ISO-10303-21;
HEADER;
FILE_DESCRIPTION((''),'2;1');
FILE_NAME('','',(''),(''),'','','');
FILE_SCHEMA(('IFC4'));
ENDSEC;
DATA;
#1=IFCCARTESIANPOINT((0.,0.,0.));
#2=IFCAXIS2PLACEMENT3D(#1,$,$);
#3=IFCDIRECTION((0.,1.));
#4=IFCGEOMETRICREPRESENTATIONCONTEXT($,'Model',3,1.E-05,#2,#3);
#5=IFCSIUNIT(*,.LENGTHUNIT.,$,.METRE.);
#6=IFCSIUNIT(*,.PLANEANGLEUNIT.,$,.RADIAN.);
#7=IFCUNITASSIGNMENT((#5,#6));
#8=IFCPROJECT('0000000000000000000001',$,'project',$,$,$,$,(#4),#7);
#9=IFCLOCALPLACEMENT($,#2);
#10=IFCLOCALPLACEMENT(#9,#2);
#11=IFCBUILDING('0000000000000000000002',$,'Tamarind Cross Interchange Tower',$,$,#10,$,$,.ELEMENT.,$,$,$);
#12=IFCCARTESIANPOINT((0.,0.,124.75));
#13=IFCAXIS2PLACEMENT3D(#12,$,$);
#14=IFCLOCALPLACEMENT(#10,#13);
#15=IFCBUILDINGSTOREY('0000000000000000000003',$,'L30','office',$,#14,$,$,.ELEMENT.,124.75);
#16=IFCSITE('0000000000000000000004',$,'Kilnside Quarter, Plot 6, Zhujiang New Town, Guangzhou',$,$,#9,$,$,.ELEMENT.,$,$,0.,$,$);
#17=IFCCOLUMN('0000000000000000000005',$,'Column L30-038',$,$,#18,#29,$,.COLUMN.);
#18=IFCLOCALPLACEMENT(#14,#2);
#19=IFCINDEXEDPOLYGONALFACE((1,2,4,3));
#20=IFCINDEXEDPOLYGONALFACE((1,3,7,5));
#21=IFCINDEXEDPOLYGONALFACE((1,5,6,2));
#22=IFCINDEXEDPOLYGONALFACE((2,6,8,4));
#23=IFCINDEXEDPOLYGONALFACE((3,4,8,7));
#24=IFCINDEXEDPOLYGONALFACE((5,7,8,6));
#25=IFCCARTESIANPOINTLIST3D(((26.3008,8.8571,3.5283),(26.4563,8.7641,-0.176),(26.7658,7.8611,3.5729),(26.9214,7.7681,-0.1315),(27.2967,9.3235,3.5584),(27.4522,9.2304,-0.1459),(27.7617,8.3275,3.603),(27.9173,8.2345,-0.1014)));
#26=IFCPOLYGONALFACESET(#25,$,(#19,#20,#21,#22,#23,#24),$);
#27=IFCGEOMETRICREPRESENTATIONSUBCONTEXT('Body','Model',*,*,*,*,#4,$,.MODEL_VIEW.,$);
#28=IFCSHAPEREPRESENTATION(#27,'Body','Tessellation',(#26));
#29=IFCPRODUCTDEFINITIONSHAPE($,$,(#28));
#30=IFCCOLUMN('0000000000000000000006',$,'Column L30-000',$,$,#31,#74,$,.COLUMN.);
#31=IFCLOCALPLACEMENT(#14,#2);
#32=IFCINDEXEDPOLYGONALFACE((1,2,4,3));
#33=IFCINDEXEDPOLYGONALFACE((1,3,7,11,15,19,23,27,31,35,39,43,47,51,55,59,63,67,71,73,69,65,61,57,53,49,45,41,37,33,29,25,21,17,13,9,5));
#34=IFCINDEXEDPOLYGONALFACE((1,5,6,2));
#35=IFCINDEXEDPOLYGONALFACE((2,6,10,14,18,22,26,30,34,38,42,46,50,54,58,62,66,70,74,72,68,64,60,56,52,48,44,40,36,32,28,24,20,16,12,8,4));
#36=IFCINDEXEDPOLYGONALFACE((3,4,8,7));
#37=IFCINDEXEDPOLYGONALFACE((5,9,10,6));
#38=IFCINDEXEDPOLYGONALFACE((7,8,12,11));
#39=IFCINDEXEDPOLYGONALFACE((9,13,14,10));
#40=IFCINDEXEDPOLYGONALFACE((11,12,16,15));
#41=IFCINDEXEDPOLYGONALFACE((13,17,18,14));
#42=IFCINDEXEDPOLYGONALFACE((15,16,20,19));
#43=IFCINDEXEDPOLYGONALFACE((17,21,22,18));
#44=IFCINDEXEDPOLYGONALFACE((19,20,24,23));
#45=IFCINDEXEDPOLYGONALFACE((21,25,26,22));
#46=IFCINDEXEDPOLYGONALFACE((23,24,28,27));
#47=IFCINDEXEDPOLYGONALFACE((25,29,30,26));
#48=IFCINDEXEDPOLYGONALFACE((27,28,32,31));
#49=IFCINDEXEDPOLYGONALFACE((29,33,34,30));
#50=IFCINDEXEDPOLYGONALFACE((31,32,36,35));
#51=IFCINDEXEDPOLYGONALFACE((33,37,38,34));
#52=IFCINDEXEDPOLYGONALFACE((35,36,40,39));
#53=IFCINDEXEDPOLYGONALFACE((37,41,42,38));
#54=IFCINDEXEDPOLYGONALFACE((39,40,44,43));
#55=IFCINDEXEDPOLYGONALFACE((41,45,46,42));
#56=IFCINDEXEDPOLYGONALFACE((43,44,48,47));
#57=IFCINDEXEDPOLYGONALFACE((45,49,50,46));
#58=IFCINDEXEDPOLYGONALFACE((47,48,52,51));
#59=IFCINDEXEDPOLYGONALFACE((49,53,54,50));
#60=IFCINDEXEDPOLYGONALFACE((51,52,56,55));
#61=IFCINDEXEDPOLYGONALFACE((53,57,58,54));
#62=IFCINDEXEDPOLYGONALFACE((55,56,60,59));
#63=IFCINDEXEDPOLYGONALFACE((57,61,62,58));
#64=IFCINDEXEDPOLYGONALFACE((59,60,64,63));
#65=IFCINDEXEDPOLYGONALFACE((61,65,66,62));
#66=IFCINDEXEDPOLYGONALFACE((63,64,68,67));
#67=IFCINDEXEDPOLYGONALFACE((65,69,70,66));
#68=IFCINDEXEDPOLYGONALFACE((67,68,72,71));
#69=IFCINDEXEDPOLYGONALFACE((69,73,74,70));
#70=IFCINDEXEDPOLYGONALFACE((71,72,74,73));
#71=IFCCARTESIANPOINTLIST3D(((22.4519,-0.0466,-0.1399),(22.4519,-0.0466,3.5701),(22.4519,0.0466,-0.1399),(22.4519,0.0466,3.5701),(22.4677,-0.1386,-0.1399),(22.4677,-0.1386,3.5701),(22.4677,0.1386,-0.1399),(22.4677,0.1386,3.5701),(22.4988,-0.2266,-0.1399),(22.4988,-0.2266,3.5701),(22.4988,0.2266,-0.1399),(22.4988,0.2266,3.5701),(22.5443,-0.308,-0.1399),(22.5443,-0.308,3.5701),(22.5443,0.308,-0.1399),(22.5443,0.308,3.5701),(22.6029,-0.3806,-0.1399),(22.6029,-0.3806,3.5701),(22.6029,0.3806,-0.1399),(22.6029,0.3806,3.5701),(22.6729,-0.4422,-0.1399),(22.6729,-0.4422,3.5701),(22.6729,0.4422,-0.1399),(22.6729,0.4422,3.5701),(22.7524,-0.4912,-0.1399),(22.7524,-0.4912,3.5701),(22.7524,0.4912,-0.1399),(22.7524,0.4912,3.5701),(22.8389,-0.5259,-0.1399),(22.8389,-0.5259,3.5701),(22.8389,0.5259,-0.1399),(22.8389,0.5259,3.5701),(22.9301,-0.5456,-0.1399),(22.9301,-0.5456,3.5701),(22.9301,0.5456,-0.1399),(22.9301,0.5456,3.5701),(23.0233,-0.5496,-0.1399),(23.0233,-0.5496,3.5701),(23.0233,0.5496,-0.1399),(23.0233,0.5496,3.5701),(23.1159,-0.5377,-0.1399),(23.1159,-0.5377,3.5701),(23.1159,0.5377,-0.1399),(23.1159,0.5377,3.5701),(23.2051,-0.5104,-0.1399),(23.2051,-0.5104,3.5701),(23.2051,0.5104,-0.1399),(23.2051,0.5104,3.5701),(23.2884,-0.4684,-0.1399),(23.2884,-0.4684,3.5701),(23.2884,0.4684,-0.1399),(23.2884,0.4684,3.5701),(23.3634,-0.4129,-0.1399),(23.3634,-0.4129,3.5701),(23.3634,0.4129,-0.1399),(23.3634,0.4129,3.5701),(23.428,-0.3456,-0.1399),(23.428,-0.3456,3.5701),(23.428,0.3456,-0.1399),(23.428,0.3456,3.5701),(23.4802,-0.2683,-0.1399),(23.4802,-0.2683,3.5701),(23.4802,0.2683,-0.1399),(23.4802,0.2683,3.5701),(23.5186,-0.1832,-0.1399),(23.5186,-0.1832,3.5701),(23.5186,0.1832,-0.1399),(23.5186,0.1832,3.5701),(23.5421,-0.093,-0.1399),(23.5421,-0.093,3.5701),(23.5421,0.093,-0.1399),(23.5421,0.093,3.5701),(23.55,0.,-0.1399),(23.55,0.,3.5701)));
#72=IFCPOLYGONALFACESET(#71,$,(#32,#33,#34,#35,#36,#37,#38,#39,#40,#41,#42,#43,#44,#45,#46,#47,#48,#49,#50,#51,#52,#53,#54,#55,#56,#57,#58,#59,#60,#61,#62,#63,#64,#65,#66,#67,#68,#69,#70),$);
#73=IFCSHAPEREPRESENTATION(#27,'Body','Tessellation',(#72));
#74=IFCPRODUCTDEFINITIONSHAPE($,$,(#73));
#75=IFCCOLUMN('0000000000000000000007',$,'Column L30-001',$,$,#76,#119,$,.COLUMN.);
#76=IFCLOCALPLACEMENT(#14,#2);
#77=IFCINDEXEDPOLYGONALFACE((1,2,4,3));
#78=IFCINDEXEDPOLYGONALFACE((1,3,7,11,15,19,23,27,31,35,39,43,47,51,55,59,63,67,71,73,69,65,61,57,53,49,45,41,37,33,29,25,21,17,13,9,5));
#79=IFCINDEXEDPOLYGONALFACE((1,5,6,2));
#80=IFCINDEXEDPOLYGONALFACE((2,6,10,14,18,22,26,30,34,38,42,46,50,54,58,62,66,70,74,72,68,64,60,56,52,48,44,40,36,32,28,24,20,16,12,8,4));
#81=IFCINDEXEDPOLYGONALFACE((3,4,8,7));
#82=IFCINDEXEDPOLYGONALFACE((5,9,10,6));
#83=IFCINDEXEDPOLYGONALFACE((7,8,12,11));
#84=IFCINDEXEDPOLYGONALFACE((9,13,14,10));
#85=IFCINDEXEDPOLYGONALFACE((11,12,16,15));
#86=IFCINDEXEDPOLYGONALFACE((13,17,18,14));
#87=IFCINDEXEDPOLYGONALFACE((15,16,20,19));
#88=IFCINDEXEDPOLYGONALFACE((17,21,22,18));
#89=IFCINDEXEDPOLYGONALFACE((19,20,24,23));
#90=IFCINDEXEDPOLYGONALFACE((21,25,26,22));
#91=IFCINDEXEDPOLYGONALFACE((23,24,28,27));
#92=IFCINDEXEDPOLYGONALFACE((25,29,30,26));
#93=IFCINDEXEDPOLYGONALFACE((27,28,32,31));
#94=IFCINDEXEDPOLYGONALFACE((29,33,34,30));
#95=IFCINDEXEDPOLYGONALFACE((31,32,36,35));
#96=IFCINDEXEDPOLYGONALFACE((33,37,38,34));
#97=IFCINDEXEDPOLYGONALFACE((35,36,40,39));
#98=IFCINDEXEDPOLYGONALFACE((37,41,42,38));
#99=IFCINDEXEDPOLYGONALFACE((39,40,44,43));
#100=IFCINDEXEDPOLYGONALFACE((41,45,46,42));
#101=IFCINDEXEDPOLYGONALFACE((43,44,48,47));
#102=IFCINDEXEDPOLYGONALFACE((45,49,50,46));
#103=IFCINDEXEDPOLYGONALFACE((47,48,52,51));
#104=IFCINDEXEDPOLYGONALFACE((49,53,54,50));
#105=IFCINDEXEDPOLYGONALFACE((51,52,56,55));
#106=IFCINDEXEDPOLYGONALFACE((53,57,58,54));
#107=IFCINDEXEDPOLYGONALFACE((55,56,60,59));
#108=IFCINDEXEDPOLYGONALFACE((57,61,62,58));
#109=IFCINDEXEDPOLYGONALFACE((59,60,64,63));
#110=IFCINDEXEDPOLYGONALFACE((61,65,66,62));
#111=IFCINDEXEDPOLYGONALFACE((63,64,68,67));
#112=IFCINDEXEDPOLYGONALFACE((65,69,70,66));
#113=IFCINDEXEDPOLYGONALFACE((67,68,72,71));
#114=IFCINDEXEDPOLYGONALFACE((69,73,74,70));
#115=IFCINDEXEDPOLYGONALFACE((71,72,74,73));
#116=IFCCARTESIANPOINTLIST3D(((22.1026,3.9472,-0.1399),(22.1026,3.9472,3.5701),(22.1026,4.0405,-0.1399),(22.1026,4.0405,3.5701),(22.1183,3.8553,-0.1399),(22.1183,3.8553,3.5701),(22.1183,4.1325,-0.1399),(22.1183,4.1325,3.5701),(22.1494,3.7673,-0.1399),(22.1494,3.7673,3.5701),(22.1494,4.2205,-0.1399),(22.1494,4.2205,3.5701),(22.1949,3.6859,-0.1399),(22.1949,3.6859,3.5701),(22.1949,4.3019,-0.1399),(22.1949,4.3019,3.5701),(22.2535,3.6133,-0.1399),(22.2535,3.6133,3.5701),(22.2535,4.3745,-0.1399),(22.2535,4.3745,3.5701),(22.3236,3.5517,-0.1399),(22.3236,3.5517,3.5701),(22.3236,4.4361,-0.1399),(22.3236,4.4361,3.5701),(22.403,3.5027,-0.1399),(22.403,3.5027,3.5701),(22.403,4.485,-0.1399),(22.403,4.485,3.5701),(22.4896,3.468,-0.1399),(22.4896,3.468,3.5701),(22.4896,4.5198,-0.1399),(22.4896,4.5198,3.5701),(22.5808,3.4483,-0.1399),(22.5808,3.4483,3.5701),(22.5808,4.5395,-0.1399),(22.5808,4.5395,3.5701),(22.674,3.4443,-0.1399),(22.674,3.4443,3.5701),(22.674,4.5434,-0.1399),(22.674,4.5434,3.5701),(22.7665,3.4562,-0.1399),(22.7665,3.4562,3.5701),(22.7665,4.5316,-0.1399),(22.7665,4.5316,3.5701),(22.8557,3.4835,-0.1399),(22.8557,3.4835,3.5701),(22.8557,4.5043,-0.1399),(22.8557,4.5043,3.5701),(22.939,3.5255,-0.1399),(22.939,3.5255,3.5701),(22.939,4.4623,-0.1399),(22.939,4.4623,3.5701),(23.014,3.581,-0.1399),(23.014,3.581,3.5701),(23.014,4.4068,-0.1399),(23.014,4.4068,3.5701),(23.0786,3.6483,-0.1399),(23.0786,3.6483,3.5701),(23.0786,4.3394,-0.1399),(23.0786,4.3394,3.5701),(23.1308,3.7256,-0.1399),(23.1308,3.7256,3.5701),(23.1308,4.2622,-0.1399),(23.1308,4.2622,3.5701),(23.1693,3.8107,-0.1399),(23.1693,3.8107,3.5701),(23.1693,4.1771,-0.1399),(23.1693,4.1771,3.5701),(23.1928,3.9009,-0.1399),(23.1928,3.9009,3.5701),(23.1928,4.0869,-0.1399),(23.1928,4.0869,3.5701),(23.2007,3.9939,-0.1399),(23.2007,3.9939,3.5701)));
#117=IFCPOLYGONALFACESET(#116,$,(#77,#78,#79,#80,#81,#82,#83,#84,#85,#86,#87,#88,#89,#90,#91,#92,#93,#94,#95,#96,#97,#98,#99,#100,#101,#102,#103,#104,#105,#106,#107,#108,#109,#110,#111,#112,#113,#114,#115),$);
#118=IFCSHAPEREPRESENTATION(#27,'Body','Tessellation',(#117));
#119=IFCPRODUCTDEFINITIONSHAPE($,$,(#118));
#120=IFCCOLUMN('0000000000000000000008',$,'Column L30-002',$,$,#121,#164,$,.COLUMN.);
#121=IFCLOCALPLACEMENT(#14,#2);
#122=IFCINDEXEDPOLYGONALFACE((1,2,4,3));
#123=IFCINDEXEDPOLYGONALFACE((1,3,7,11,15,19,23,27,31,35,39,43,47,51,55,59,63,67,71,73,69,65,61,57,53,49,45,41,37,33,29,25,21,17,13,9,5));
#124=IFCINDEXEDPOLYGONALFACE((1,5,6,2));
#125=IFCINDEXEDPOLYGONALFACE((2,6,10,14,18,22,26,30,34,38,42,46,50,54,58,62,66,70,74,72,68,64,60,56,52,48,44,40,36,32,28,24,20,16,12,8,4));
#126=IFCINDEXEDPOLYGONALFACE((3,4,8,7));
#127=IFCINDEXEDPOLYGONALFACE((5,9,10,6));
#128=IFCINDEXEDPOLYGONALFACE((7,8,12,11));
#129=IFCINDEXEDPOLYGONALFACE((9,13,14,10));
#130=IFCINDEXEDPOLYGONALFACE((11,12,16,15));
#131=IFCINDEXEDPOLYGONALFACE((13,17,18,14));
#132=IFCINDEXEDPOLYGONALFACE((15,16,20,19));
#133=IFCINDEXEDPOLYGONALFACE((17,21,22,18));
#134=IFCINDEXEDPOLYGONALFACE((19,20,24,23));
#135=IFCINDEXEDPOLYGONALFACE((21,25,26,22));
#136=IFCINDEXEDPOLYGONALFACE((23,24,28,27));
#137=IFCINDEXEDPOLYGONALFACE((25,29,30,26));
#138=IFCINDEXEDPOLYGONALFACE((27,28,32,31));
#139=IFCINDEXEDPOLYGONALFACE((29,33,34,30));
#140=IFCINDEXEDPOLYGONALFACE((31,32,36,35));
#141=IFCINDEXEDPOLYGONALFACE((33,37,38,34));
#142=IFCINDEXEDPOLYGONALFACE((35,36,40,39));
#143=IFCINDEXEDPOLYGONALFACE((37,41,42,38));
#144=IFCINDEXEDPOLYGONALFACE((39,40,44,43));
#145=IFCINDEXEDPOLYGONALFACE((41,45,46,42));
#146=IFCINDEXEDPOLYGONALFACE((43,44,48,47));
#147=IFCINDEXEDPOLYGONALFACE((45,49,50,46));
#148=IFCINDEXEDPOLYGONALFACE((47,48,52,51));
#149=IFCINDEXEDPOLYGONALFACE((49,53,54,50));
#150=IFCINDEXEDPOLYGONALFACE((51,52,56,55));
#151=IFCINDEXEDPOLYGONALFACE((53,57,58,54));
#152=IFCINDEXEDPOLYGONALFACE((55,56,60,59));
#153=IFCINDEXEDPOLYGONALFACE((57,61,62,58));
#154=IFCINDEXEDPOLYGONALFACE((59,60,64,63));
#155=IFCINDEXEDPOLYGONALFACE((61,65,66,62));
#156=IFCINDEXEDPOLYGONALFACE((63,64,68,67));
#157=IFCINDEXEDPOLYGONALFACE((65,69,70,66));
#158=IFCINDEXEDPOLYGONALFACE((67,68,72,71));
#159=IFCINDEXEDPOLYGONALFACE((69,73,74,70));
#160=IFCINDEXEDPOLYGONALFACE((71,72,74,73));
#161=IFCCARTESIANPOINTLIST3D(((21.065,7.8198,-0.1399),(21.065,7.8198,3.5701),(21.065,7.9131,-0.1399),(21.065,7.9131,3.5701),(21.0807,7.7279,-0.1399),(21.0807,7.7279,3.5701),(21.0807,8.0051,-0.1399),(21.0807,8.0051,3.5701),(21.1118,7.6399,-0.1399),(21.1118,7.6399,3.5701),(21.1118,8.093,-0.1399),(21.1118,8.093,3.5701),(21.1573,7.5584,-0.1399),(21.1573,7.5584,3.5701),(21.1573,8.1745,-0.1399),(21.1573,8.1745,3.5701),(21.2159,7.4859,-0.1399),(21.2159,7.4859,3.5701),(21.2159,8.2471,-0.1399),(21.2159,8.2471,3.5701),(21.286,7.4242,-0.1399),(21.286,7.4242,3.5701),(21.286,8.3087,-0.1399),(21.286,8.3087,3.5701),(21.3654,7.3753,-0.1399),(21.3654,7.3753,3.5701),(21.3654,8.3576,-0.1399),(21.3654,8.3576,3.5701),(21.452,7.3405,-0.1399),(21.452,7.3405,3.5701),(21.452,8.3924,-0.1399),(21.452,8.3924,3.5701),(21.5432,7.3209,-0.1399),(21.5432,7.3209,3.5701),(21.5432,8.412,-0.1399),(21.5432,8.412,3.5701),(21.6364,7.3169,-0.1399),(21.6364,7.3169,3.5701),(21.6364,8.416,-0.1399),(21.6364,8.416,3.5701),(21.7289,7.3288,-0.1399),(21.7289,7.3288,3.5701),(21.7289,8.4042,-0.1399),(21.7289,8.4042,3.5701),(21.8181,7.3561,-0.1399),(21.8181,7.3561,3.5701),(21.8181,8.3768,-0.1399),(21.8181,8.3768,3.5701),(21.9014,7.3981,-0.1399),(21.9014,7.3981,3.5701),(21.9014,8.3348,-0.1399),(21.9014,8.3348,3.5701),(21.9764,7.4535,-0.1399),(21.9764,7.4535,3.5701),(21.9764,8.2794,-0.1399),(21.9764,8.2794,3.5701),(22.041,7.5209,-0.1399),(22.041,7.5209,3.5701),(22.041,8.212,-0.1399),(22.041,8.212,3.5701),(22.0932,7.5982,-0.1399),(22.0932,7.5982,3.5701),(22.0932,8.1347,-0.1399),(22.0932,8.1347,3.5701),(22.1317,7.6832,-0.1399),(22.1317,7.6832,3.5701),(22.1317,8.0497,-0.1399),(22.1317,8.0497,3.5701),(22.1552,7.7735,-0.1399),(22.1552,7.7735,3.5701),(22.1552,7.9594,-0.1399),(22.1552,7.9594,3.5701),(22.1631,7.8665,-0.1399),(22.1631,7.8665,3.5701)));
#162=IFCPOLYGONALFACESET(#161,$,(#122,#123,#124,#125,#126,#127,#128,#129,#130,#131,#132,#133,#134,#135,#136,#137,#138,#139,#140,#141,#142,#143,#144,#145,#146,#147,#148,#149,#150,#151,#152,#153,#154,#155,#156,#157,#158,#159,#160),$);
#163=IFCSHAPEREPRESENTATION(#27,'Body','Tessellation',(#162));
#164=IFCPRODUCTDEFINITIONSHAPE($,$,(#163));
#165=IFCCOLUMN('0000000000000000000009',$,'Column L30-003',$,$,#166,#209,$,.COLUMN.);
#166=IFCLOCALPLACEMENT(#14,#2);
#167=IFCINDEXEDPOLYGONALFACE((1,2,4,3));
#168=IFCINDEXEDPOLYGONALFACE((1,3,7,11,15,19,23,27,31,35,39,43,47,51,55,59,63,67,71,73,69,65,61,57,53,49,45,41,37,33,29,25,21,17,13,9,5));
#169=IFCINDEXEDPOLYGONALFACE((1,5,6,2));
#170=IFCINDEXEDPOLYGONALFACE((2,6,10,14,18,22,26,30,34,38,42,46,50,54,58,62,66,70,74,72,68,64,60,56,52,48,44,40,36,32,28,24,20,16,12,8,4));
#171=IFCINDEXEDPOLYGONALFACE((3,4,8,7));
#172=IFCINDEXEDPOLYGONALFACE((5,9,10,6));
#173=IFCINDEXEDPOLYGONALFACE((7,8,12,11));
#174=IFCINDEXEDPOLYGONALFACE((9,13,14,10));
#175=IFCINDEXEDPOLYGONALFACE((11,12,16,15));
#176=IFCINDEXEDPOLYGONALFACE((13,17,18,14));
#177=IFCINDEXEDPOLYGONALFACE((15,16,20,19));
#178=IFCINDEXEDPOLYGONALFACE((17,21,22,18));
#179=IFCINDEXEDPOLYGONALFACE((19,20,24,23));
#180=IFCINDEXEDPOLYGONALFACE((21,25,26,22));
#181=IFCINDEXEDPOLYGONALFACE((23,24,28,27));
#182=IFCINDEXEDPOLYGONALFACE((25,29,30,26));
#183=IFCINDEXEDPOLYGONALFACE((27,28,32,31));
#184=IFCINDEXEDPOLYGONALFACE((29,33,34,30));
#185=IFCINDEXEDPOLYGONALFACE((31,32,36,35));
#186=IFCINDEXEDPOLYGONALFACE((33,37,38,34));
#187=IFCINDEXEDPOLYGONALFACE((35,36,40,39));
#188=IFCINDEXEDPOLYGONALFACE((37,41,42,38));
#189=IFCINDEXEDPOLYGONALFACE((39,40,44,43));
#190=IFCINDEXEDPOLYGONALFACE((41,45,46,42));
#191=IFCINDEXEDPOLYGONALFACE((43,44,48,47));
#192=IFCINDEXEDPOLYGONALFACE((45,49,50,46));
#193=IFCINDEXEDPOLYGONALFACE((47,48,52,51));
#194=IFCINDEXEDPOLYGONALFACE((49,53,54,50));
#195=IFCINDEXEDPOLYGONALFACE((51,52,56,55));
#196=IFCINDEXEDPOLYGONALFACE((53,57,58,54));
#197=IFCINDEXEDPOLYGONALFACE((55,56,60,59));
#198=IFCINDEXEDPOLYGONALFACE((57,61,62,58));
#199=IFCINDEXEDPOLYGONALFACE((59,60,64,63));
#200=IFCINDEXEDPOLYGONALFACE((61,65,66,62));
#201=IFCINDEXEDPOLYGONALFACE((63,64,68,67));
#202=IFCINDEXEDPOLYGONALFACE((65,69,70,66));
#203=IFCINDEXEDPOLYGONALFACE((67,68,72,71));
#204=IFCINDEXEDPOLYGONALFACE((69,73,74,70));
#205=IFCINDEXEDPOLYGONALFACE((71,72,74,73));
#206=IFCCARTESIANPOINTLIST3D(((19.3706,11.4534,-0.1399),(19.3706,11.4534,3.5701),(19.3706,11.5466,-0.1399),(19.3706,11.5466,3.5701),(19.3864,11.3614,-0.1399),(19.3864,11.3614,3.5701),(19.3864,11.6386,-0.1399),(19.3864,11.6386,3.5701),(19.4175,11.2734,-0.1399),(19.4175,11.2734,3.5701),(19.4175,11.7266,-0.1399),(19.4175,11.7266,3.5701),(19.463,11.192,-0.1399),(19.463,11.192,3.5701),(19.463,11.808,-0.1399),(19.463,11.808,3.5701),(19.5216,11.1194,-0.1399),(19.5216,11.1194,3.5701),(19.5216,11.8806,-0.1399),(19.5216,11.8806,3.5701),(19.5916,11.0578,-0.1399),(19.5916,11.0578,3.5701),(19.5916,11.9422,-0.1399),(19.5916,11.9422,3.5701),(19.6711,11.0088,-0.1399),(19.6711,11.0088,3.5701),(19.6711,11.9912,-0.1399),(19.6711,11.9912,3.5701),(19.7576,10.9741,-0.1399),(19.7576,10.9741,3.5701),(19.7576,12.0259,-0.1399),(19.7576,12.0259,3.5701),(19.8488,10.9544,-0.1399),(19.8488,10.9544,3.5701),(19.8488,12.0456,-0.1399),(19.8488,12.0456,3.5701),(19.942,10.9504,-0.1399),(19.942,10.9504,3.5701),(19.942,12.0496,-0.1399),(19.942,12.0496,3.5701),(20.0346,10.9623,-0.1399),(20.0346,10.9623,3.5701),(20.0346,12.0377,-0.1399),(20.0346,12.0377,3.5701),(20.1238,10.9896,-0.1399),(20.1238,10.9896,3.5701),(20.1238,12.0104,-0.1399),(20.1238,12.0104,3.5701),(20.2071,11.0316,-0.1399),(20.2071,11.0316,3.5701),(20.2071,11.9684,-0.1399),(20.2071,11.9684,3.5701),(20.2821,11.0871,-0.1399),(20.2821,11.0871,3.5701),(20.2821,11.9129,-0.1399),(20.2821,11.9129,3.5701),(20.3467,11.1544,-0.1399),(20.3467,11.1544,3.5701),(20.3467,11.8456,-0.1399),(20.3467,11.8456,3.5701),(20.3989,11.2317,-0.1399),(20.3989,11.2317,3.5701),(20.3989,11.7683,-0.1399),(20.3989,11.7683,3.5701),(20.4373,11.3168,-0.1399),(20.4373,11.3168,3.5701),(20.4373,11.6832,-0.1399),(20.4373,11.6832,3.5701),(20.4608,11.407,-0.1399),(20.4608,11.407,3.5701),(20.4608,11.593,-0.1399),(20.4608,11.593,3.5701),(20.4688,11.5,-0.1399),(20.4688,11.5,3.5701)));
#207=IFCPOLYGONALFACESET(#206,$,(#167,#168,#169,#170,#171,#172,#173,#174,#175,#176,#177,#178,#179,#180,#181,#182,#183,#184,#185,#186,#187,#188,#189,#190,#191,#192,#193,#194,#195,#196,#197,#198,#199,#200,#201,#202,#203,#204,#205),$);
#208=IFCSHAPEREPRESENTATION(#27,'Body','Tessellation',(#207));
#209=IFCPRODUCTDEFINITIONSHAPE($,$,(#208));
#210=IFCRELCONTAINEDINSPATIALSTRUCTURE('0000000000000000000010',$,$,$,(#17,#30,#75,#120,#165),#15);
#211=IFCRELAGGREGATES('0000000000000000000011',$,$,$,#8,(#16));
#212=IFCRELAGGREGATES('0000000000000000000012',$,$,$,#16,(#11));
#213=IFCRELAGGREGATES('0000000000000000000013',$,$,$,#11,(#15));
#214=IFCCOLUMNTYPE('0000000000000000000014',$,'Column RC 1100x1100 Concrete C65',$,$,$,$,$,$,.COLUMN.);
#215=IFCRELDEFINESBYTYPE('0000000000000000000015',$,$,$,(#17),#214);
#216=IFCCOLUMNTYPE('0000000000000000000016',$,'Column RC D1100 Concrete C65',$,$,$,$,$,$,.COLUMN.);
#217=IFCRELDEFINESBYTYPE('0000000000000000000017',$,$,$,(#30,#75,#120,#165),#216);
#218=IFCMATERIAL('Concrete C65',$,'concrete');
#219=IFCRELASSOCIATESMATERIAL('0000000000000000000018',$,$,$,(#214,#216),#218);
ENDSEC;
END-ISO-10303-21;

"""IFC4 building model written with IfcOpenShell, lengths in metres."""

from ifc_helpers import new_model, si_unit, direction, frame, origin, origin_2d, place, context, subcontext, project, spatial, rectangle, circle, extrude, material, material_profile, profile_set, type_object, element, save


model = new_model("IFC4")

# Units and contexts
model_context = context("Model", 3, precision=1e-05, world=origin(), true_north=direction((0.0, 1.0)))
body_context = subcontext(model_context, "Body", "Model", "MODEL_VIEW")
ifc_project = project(units=[si_unit("LENGTHUNIT", "METRE"), si_unit("PLANEANGLEUNIT", "RADIAN")], contexts=[model_context])

# Site, building, storey
site_placement = place(None, origin())
site = spatial("IfcSite", under=ifc_project, at=site_placement, Name="Kilnside Quarter, Plot 6, Zhujiang New Town, Guangzhou", CompositionType="ELEMENT", RefElevation=0.0)
building_placement = place(site_placement, origin())
building = spatial("IfcBuilding", under=site, at=building_placement, Name="Tamarind Cross Interchange Tower", CompositionType="ELEMENT")
storey_placement = place(building_placement, frame((0.0, 0.0, 124.75)))
storey = spatial("IfcBuildingStorey", under=building, at=storey_placement, Name="L30", Description="office", CompositionType="ELEMENT", Elevation=124.75)

# Columns
ifc_material_1 = material(Name="Concrete C65", Category="concrete")
ifc_material_profile_1 = material_profile(ifc_material_1, rectangle(XDim=1.1001, YDim=1.1001, at=origin_2d()), Name="RC 1100x1100")
ifc_profile_set_1 = profile_set([ifc_material_profile_1], Name="Concrete C65")
column_type_1 = type_object("IfcColumnType", Name="Column RC 1100x1100 Concrete C65", PredefinedType="COLUMN", material=ifc_profile_set_1)
column_placement = place(storey_placement, frame((27.1868, 8.4993, -0.1387), z_axis=(-0.041932, 0.02508, 0.998806), x_axis=(0.422762, -0.905336, 0.040482)))
element("IfcColumn", 1, at=column_placement, inside=storey, type_object=column_type_1, Name="Column L30-038", PredefinedType="COLUMN", context=body_context, shape_type="SweptSolid", body=[
    extrude(rectangle(XDim=1.1001, YDim=1.1001, at=origin_2d()), origin(), (0.0, 0.0, 1.0), 3.7087),
])
ifc_material_profile_2 = material_profile(ifc_material_1, circle(Radius=0.55, at=origin_2d()), Name="RC D1100")
ifc_profile_set_2 = profile_set([ifc_material_profile_2], Name="Concrete C65")
column_type_2 = type_object("IfcColumnType", Name="Column RC D1100 Concrete C65", PredefinedType="COLUMN", material=ifc_profile_set_2)
for number, where, z_axis, x_axis, name in (
    (2, (23.0, 0.0, -0.1399), (0.0, 0.0, 1.0), (1.0, 0.0, 0.0), "Column L30-000"),
    (3, (22.6506, 3.9939, -0.1399), (0.0, 0.0, 1.0), (1.0, 0.0, 0.0), "Column L30-001"),
    (4, (21.613, 7.8665, -0.1399), (0.0, 0.0, 1.0), (1.0, 0.0, 0.0), "Column L30-002"),
    (5, (19.9187, 11.5, -0.1399), (0.0, 0.0, 1.0), (1.0, 0.0, 0.0), "Column L30-003"),
):
    element("IfcColumn", number, at=place(storey_placement, frame(where, z_axis=z_axis, x_axis=x_axis)), inside=storey, type_object=column_type_2, Name=name, PredefinedType="COLUMN", context=body_context, shape_type="SweptSolid", body=[
        extrude(circle(Radius=0.55, at=origin_2d()), origin(), (0.0, 0.0, 1.0), 3.71),
    ])

save(model, "model.ifc")
